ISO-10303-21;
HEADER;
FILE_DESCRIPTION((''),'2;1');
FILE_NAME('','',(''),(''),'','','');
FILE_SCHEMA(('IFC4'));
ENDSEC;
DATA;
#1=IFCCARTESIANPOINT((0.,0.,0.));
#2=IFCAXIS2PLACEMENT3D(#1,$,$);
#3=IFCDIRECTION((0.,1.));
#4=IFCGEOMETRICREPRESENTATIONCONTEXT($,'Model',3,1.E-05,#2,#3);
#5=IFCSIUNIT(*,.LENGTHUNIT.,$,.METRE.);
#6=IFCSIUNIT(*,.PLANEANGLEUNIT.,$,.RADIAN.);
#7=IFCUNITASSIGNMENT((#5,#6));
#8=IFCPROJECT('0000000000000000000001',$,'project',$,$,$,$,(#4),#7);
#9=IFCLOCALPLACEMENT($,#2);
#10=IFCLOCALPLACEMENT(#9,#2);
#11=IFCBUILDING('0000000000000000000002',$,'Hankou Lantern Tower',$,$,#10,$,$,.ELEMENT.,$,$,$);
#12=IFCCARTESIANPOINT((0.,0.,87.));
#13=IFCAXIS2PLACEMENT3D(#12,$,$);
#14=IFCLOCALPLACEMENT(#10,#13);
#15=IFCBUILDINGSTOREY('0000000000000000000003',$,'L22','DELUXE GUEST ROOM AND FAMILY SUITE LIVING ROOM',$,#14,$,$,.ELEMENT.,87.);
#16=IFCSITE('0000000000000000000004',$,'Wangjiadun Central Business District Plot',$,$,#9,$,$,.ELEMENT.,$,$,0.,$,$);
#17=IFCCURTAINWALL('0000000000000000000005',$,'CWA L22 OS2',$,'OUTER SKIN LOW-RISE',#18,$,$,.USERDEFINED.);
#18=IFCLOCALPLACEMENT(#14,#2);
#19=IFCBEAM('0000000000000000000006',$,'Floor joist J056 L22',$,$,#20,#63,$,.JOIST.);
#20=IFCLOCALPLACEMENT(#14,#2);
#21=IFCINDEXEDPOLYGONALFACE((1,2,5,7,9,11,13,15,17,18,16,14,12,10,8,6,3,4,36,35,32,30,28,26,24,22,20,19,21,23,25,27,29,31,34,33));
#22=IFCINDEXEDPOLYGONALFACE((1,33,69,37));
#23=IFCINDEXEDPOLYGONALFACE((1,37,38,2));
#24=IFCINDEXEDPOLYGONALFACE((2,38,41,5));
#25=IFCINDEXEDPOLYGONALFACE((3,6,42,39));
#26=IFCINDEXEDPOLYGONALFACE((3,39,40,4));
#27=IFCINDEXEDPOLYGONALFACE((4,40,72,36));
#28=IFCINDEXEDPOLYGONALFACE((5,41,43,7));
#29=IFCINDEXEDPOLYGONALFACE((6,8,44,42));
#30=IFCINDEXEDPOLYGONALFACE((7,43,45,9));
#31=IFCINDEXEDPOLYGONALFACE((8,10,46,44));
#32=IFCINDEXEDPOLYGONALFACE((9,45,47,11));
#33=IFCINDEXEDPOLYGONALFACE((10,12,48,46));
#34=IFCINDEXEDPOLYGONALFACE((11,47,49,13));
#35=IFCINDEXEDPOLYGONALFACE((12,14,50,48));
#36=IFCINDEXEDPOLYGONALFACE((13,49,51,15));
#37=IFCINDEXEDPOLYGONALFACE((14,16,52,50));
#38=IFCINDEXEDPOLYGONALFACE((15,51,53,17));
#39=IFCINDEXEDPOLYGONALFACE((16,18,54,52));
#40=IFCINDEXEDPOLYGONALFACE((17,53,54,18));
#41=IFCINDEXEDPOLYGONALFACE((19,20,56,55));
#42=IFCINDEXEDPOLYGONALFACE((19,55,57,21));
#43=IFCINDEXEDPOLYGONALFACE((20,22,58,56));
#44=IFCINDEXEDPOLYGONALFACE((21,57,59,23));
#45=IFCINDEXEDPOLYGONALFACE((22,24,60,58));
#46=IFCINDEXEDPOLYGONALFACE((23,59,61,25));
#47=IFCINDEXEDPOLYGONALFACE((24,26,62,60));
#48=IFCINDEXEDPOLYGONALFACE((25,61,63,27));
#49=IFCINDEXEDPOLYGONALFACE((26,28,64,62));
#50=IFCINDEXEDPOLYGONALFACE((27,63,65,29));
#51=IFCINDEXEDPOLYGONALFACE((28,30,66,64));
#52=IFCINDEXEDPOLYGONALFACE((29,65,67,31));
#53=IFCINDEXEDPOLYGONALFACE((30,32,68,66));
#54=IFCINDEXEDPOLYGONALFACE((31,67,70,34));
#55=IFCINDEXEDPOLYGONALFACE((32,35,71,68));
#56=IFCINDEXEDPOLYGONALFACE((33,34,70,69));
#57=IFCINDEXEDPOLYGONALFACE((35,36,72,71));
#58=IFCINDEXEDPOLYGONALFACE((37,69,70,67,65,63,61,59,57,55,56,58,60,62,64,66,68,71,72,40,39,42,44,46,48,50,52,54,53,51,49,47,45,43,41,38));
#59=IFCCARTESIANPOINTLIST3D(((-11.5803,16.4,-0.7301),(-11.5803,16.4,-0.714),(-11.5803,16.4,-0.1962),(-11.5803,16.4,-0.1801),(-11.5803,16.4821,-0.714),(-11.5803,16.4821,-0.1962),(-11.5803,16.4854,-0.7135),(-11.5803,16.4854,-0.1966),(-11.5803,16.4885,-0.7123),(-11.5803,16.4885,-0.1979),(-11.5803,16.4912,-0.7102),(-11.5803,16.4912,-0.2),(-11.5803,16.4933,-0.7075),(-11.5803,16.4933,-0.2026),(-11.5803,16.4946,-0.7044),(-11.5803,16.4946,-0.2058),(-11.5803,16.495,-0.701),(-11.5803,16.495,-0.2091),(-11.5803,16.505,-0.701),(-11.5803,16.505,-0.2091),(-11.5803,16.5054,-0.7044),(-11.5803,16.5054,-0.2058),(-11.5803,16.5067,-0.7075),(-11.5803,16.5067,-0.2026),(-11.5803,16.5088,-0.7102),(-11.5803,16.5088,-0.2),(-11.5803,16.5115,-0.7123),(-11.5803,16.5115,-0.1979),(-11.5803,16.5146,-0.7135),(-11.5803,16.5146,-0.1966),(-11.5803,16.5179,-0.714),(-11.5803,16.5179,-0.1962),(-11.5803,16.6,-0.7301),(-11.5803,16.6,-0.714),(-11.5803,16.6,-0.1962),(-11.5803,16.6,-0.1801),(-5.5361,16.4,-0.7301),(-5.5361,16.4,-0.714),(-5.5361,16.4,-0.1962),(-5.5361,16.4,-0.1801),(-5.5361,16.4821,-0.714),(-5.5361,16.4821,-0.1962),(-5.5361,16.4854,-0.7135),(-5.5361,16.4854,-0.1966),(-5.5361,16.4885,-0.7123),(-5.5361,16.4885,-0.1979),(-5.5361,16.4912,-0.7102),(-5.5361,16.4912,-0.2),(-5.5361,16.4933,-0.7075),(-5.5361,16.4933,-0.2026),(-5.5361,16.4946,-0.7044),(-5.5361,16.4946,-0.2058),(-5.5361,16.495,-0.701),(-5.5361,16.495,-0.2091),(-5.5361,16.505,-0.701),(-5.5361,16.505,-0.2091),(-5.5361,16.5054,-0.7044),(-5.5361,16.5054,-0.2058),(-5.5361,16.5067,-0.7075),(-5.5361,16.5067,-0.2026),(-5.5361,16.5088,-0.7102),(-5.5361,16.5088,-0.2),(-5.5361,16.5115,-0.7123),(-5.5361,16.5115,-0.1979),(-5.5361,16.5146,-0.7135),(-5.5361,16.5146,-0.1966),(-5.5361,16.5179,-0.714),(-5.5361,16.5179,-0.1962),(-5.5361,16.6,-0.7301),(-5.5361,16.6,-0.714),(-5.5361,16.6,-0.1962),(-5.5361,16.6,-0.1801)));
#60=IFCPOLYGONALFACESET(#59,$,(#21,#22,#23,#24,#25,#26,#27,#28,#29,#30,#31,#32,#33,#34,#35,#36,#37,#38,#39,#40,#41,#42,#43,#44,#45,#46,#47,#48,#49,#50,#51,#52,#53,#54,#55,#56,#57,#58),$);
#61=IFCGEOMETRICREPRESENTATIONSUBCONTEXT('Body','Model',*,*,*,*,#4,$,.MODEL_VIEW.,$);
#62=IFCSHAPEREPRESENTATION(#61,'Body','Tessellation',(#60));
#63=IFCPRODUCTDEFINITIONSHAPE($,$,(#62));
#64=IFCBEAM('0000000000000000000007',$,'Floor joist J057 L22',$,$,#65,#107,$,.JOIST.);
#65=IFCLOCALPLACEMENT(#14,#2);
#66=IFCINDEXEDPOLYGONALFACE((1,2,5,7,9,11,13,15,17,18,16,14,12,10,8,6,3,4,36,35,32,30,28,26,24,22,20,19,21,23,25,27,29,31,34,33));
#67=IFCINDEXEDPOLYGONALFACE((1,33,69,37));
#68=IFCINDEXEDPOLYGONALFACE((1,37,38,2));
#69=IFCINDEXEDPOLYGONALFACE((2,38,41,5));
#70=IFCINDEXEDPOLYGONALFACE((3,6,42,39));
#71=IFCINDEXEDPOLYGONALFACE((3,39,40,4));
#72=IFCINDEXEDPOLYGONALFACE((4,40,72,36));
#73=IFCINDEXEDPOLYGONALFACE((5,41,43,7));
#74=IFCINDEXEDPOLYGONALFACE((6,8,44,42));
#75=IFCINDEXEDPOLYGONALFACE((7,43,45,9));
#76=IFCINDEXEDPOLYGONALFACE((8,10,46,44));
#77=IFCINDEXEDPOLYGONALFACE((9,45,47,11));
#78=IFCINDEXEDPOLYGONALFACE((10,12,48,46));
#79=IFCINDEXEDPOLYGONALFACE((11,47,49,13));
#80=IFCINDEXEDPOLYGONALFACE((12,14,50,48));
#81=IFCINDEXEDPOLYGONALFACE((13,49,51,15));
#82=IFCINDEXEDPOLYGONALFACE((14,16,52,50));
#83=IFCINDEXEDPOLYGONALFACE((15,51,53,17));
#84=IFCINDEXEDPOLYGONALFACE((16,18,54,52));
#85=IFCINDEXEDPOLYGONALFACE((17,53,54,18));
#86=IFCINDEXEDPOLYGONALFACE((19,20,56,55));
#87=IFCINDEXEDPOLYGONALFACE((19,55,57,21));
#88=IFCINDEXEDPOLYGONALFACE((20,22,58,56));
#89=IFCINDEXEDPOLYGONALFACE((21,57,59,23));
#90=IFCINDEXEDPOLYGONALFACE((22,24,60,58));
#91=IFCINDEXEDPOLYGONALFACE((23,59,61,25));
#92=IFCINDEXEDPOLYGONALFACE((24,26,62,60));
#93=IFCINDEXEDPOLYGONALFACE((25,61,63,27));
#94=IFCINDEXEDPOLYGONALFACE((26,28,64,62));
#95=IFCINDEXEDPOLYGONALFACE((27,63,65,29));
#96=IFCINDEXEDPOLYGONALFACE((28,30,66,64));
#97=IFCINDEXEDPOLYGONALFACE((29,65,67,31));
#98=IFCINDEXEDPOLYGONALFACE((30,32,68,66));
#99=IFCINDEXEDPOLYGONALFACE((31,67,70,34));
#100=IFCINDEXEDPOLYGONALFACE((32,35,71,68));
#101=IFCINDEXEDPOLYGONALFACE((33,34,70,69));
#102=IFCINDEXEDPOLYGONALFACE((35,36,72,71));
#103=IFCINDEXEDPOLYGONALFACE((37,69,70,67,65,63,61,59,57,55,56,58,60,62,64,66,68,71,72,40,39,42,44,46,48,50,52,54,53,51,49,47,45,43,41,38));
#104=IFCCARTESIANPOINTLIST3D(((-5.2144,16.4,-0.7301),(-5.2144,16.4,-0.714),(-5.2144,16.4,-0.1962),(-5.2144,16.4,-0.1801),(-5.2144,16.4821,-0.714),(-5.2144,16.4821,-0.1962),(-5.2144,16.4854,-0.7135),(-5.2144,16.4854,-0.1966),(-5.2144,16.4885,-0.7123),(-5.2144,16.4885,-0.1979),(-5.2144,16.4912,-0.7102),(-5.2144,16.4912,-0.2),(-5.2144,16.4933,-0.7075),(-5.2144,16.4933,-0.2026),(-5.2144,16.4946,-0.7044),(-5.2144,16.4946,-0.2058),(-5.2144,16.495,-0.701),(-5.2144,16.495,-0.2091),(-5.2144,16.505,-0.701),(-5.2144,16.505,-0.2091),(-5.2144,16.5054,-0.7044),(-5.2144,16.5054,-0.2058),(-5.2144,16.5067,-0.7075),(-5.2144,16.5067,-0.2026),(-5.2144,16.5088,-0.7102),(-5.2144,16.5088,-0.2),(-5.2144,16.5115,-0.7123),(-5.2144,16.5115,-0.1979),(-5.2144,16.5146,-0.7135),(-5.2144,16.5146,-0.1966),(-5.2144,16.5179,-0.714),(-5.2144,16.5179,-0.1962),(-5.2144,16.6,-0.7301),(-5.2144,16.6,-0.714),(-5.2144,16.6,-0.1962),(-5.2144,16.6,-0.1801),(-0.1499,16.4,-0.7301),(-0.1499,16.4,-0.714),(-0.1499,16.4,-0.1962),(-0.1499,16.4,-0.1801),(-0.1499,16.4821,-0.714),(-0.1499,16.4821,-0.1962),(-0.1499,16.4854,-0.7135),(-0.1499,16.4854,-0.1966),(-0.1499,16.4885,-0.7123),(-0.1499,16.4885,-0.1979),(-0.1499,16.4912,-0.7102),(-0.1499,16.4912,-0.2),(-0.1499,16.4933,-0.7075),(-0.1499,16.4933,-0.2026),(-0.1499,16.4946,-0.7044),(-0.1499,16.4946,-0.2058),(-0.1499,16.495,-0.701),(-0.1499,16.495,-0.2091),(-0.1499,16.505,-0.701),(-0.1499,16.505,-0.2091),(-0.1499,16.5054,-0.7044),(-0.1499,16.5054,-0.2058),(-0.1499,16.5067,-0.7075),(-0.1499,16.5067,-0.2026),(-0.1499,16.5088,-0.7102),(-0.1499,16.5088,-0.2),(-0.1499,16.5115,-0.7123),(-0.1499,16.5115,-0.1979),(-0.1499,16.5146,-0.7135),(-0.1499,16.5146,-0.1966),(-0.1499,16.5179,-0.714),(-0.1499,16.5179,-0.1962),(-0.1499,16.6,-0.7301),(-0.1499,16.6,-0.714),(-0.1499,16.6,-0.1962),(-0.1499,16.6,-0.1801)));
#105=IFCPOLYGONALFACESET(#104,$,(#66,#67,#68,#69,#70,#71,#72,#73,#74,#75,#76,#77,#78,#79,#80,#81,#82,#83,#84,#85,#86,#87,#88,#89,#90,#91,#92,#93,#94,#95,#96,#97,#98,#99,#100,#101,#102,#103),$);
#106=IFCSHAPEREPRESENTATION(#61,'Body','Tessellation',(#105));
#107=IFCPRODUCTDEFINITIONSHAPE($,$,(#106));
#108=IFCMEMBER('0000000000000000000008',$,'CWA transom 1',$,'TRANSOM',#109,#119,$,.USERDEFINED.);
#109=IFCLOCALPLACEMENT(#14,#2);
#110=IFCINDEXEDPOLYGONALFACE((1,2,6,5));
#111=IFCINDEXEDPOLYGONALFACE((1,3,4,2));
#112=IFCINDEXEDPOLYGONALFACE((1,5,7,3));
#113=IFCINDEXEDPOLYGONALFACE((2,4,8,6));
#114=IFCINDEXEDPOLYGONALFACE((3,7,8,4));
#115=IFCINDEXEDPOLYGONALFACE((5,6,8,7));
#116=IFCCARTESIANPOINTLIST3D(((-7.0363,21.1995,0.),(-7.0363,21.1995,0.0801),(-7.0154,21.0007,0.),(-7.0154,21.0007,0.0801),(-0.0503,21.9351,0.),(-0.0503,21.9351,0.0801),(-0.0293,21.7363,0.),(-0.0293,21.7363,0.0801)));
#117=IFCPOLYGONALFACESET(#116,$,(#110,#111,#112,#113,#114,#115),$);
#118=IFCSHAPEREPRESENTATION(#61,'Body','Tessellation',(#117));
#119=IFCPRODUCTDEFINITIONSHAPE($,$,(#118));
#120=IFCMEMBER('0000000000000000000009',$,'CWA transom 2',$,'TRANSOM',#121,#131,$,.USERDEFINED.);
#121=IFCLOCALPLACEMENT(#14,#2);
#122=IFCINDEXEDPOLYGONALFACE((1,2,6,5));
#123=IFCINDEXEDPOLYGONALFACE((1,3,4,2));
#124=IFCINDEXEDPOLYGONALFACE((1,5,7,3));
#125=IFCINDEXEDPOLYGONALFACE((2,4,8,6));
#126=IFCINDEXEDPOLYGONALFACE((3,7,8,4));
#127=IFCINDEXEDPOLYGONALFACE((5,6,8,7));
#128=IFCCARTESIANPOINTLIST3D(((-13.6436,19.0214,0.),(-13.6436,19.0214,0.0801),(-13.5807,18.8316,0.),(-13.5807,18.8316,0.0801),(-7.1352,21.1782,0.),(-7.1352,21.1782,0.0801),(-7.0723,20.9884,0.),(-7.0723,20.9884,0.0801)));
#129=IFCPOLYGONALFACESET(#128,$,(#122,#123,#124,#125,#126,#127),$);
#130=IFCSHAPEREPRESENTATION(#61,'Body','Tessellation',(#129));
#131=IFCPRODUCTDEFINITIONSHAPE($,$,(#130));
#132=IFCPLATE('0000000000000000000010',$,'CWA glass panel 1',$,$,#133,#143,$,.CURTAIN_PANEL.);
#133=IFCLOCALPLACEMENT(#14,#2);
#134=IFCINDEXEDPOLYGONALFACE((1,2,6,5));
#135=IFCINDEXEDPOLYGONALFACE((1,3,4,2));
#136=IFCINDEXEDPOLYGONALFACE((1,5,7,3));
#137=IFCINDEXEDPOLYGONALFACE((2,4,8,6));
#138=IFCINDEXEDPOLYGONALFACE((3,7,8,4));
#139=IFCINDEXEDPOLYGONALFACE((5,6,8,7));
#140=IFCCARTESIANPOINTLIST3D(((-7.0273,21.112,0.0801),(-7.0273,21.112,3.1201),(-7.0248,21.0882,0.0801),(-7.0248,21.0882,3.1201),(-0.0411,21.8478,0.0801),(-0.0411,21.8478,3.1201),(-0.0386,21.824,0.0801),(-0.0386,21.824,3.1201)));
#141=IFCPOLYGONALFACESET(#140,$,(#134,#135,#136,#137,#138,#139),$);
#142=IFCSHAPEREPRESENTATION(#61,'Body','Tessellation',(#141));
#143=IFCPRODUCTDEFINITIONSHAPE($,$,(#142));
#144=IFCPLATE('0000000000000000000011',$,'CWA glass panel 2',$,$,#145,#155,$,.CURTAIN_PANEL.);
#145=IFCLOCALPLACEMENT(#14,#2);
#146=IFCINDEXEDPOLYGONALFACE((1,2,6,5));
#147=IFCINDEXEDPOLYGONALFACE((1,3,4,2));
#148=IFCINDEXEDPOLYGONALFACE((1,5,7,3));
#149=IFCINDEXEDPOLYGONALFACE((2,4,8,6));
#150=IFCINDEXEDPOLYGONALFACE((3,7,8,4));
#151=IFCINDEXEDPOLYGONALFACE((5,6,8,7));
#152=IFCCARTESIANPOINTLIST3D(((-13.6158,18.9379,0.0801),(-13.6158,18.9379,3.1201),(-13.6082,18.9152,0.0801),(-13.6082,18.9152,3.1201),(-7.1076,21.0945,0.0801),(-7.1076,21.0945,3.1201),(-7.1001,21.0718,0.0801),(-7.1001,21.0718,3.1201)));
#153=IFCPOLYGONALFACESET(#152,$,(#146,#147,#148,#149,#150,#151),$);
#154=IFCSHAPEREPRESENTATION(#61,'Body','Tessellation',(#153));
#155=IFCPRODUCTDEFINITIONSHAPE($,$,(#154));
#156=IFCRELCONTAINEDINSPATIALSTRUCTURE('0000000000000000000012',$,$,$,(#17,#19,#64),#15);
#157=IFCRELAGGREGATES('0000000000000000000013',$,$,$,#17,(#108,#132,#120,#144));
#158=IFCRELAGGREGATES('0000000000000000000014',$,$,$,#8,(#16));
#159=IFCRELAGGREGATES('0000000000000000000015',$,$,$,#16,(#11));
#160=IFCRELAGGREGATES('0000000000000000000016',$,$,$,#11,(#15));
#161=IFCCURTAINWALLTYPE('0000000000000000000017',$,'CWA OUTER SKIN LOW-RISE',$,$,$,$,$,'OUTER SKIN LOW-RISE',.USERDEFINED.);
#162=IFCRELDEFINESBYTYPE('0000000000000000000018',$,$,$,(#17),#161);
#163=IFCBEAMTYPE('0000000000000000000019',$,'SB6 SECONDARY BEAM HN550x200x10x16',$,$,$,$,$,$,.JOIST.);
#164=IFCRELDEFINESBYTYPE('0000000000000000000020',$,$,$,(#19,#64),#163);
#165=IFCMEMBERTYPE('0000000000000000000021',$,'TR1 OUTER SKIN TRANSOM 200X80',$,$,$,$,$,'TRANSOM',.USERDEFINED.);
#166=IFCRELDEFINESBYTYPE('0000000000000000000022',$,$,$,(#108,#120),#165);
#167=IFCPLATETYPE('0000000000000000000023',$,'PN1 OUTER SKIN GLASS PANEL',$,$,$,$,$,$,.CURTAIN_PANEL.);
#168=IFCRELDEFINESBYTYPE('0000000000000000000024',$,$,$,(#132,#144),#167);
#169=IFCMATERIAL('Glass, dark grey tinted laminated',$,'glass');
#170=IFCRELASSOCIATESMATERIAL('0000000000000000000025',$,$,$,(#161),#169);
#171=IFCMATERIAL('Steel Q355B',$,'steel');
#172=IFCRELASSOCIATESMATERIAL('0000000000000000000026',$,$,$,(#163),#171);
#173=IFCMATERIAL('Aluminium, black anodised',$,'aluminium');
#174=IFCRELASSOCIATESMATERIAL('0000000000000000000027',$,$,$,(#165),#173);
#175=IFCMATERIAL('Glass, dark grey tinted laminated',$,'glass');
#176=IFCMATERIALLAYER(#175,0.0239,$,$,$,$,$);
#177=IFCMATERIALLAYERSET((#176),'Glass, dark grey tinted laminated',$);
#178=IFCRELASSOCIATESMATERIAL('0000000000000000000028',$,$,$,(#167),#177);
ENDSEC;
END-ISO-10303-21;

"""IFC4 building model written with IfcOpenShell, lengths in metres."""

from ifc_helpers import new_model, si_unit, direction, frame, origin, origin_2d, place, context, subcontext, project, spatial, rectangle, i_section, extrude, material, layer, layer_set, material_profile, profile_set, type_object, element, aggregate, save


model = new_model("IFC4")

# Units and contexts
model_context = context("Model", 3, precision=1e-05, world=origin(), true_north=direction((0.0, 1.0)))
body_context = subcontext(model_context, "Body", "Model", "MODEL_VIEW")
ifc_project = project(units=[si_unit("LENGTHUNIT", "METRE"), si_unit("PLANEANGLEUNIT", "RADIAN")], contexts=[model_context])

# Site, building, storey
site_placement = place(None, origin())
site = spatial("IfcSite", under=ifc_project, at=site_placement, Name="Wangjiadun Central Business District Plot", CompositionType="ELEMENT", RefElevation=0.0)
building_placement = place(site_placement, origin())
building = spatial("IfcBuilding", under=site, at=building_placement, Name="Hankou Lantern Tower", CompositionType="ELEMENT")
storey_placement = place(building_placement, frame((0.0, 0.0, 87.0)))
storey = spatial("IfcBuildingStorey", under=building, at=storey_placement, Name="L22", Description="DELUXE GUEST ROOM AND FAMILY SUITE LIVING ROOM", CompositionType="ELEMENT", Elevation=87.0)

# Curtain wall
ifc_material_1 = material(Name="Glass, dark grey tinted laminated", Category="glass")
curtain_wall_type = type_object("IfcCurtainWallType", Name="CWA OUTER SKIN LOW-RISE", ElementType="OUTER SKIN LOW-RISE", PredefinedType="USERDEFINED", material=ifc_material_1)
curtain_wall_placement = place(storey_placement, origin())
curtain_wall = element("IfcCurtainWall", 1, at=curtain_wall_placement, inside=storey, type_object=curtain_wall_type, Name="CWA L22 OS2", ObjectType="OUTER SKIN LOW-RISE", PredefinedType="USERDEFINED")

# Beams
ifc_material_2 = material(Name="Steel Q355B", Category="steel")
ifc_material_profile_1 = material_profile(ifc_material_2, i_section(OverallWidth=0.2, OverallDepth=0.55, WebThickness=0.01, FlangeThickness=0.0161, FilletRadius=0.0129, at=origin_2d()), Name="HN550x200x10x16")
ifc_profile_set_1 = profile_set([ifc_material_profile_1], Name="Steel Q355B")
beam_type_1 = type_object("IfcBeamType", Name="SB6 SECONDARY BEAM HN550x200x10x16", PredefinedType="JOIST", material=ifc_profile_set_1)
beam_1_placement = place(storey_placement, frame((-11.5803, 16.5, -0.4551), z_axis=(1.0, 0.0, 0.0), x_axis=(0.0, 1.0, 0.0)))
element("IfcBeam", 2, at=beam_1_placement, inside=storey, type_object=beam_type_1, Name="Floor joist J056 L22", PredefinedType="JOIST", context=body_context, shape_type="SweptSolid", body=[
    extrude(i_section(OverallWidth=0.2, OverallDepth=0.55, WebThickness=0.01, FlangeThickness=0.0161, FilletRadius=0.0129, at=origin_2d()), origin(), (0.0, 0.0, 1.0), 6.0442),
])
beam_2_placement = place(storey_placement, frame((-5.2144, 16.5, -0.4551), z_axis=(1.0, 0.0, 0.0), x_axis=(0.0, 1.0, 0.0)))
element("IfcBeam", 3, at=beam_2_placement, inside=storey, type_object=beam_type_1, Name="Floor joist J057 L22", PredefinedType="JOIST", context=body_context, shape_type="SweptSolid", body=[
    extrude(i_section(OverallWidth=0.2, OverallDepth=0.55, WebThickness=0.01, FlangeThickness=0.0161, FilletRadius=0.0129, at=origin_2d()), origin(), (0.0, 0.0, 1.0), 5.0645),
])

# Members
ifc_material_3 = material(Name="Aluminium, black anodised", Category="aluminium")
ifc_material_profile_2 = material_profile(ifc_material_3, rectangle(XDim=0.2, YDim=0.0801, at=origin_2d()), Name="TR1 200X80")
ifc_profile_set_2 = profile_set([ifc_material_profile_2], Name="Aluminium, black anodised")
member_type_1 = type_object("IfcMemberType", Name="TR1 OUTER SKIN TRANSOM 200X80", ElementType="TRANSOM", PredefinedType="USERDEFINED", material=ifc_profile_set_2)
member_1_placement = place(storey_placement, frame((-0.0398, 21.8357, 0.04), z_axis=(-0.994502, -0.104716, 0.0), x_axis=(0.104716, -0.994502, 0.0)))
member_1 = element("IfcMember", 4, at=member_1_placement, type_object=member_type_1, Name="CWA transom 1", ObjectType="TRANSOM", PredefinedType="USERDEFINED", context=body_context, shape_type="SweptSolid", body=[
    extrude(rectangle(XDim=0.2, YDim=0.0801, at=origin_2d()), origin(), (0.0, 0.0, 1.0), 7.0247),
])
member_2_placement = place(storey_placement, frame((-7.1038, 21.0833, 0.04), z_axis=(-0.949237, -0.314561, 0.0), x_axis=(0.314561, -0.949237, 0.0)))
member_2 = element("IfcMember", 5, at=member_2_placement, type_object=member_type_1, Name="CWA transom 2", ObjectType="TRANSOM", PredefinedType="USERDEFINED", context=body_context, shape_type="SweptSolid", body=[
    extrude(rectangle(XDim=0.2, YDim=0.0801, at=origin_2d()), origin(), (0.0, 0.0, 1.0), 6.8564),
])

# Plates
ifc_material_4 = material(Name="Glass, dark grey tinted laminated", Category="glass")
ifc_layer_1 = layer(ifc_material_4, 0.0239)
ifc_layer_set_1 = layer_set([ifc_layer_1], Name="Glass, dark grey tinted laminated")
plate_type = type_object("IfcPlateType", Name="PN1 OUTER SKIN GLASS PANEL", PredefinedType="CURTAIN_PANEL", material=ifc_layer_set_1)
plate_1_placement = place(storey_placement, frame((-3.533, 21.468, 0.0801), z_axis=(0.0, 0.0, 1.0), x_axis=(-0.994499, -0.104743, 0.0)))
plate_1 = element("IfcPlate", 6, at=plate_1_placement, type_object=plate_type, Name="CWA glass panel 1", PredefinedType="CURTAIN_PANEL", context=body_context, shape_type="SweptSolid", body=[
    extrude(rectangle(XDim=7.0249, YDim=0.0239, at=origin_2d()), origin(), (0.0, 0.0, 1.0), 3.04),
])
plate_2_placement = place(storey_placement, frame((-10.3579, 20.0049, 0.0801), z_axis=(0.0, 0.0, 1.0), x_axis=(-0.949241, -0.314551, 0.0)))
plate_2 = element("IfcPlate", 7, at=plate_2_placement, type_object=plate_type, Name="CWA glass panel 2", PredefinedType="CURTAIN_PANEL", context=body_context, shape_type="SweptSolid", body=[
    extrude(rectangle(XDim=6.8562, YDim=0.0239, at=origin_2d()), origin(), (0.0, 0.0, 1.0), 3.04),
])
aggregate(curtain_wall, [member_1, plate_1, member_2, plate_2])

save(model, "model.ifc")
